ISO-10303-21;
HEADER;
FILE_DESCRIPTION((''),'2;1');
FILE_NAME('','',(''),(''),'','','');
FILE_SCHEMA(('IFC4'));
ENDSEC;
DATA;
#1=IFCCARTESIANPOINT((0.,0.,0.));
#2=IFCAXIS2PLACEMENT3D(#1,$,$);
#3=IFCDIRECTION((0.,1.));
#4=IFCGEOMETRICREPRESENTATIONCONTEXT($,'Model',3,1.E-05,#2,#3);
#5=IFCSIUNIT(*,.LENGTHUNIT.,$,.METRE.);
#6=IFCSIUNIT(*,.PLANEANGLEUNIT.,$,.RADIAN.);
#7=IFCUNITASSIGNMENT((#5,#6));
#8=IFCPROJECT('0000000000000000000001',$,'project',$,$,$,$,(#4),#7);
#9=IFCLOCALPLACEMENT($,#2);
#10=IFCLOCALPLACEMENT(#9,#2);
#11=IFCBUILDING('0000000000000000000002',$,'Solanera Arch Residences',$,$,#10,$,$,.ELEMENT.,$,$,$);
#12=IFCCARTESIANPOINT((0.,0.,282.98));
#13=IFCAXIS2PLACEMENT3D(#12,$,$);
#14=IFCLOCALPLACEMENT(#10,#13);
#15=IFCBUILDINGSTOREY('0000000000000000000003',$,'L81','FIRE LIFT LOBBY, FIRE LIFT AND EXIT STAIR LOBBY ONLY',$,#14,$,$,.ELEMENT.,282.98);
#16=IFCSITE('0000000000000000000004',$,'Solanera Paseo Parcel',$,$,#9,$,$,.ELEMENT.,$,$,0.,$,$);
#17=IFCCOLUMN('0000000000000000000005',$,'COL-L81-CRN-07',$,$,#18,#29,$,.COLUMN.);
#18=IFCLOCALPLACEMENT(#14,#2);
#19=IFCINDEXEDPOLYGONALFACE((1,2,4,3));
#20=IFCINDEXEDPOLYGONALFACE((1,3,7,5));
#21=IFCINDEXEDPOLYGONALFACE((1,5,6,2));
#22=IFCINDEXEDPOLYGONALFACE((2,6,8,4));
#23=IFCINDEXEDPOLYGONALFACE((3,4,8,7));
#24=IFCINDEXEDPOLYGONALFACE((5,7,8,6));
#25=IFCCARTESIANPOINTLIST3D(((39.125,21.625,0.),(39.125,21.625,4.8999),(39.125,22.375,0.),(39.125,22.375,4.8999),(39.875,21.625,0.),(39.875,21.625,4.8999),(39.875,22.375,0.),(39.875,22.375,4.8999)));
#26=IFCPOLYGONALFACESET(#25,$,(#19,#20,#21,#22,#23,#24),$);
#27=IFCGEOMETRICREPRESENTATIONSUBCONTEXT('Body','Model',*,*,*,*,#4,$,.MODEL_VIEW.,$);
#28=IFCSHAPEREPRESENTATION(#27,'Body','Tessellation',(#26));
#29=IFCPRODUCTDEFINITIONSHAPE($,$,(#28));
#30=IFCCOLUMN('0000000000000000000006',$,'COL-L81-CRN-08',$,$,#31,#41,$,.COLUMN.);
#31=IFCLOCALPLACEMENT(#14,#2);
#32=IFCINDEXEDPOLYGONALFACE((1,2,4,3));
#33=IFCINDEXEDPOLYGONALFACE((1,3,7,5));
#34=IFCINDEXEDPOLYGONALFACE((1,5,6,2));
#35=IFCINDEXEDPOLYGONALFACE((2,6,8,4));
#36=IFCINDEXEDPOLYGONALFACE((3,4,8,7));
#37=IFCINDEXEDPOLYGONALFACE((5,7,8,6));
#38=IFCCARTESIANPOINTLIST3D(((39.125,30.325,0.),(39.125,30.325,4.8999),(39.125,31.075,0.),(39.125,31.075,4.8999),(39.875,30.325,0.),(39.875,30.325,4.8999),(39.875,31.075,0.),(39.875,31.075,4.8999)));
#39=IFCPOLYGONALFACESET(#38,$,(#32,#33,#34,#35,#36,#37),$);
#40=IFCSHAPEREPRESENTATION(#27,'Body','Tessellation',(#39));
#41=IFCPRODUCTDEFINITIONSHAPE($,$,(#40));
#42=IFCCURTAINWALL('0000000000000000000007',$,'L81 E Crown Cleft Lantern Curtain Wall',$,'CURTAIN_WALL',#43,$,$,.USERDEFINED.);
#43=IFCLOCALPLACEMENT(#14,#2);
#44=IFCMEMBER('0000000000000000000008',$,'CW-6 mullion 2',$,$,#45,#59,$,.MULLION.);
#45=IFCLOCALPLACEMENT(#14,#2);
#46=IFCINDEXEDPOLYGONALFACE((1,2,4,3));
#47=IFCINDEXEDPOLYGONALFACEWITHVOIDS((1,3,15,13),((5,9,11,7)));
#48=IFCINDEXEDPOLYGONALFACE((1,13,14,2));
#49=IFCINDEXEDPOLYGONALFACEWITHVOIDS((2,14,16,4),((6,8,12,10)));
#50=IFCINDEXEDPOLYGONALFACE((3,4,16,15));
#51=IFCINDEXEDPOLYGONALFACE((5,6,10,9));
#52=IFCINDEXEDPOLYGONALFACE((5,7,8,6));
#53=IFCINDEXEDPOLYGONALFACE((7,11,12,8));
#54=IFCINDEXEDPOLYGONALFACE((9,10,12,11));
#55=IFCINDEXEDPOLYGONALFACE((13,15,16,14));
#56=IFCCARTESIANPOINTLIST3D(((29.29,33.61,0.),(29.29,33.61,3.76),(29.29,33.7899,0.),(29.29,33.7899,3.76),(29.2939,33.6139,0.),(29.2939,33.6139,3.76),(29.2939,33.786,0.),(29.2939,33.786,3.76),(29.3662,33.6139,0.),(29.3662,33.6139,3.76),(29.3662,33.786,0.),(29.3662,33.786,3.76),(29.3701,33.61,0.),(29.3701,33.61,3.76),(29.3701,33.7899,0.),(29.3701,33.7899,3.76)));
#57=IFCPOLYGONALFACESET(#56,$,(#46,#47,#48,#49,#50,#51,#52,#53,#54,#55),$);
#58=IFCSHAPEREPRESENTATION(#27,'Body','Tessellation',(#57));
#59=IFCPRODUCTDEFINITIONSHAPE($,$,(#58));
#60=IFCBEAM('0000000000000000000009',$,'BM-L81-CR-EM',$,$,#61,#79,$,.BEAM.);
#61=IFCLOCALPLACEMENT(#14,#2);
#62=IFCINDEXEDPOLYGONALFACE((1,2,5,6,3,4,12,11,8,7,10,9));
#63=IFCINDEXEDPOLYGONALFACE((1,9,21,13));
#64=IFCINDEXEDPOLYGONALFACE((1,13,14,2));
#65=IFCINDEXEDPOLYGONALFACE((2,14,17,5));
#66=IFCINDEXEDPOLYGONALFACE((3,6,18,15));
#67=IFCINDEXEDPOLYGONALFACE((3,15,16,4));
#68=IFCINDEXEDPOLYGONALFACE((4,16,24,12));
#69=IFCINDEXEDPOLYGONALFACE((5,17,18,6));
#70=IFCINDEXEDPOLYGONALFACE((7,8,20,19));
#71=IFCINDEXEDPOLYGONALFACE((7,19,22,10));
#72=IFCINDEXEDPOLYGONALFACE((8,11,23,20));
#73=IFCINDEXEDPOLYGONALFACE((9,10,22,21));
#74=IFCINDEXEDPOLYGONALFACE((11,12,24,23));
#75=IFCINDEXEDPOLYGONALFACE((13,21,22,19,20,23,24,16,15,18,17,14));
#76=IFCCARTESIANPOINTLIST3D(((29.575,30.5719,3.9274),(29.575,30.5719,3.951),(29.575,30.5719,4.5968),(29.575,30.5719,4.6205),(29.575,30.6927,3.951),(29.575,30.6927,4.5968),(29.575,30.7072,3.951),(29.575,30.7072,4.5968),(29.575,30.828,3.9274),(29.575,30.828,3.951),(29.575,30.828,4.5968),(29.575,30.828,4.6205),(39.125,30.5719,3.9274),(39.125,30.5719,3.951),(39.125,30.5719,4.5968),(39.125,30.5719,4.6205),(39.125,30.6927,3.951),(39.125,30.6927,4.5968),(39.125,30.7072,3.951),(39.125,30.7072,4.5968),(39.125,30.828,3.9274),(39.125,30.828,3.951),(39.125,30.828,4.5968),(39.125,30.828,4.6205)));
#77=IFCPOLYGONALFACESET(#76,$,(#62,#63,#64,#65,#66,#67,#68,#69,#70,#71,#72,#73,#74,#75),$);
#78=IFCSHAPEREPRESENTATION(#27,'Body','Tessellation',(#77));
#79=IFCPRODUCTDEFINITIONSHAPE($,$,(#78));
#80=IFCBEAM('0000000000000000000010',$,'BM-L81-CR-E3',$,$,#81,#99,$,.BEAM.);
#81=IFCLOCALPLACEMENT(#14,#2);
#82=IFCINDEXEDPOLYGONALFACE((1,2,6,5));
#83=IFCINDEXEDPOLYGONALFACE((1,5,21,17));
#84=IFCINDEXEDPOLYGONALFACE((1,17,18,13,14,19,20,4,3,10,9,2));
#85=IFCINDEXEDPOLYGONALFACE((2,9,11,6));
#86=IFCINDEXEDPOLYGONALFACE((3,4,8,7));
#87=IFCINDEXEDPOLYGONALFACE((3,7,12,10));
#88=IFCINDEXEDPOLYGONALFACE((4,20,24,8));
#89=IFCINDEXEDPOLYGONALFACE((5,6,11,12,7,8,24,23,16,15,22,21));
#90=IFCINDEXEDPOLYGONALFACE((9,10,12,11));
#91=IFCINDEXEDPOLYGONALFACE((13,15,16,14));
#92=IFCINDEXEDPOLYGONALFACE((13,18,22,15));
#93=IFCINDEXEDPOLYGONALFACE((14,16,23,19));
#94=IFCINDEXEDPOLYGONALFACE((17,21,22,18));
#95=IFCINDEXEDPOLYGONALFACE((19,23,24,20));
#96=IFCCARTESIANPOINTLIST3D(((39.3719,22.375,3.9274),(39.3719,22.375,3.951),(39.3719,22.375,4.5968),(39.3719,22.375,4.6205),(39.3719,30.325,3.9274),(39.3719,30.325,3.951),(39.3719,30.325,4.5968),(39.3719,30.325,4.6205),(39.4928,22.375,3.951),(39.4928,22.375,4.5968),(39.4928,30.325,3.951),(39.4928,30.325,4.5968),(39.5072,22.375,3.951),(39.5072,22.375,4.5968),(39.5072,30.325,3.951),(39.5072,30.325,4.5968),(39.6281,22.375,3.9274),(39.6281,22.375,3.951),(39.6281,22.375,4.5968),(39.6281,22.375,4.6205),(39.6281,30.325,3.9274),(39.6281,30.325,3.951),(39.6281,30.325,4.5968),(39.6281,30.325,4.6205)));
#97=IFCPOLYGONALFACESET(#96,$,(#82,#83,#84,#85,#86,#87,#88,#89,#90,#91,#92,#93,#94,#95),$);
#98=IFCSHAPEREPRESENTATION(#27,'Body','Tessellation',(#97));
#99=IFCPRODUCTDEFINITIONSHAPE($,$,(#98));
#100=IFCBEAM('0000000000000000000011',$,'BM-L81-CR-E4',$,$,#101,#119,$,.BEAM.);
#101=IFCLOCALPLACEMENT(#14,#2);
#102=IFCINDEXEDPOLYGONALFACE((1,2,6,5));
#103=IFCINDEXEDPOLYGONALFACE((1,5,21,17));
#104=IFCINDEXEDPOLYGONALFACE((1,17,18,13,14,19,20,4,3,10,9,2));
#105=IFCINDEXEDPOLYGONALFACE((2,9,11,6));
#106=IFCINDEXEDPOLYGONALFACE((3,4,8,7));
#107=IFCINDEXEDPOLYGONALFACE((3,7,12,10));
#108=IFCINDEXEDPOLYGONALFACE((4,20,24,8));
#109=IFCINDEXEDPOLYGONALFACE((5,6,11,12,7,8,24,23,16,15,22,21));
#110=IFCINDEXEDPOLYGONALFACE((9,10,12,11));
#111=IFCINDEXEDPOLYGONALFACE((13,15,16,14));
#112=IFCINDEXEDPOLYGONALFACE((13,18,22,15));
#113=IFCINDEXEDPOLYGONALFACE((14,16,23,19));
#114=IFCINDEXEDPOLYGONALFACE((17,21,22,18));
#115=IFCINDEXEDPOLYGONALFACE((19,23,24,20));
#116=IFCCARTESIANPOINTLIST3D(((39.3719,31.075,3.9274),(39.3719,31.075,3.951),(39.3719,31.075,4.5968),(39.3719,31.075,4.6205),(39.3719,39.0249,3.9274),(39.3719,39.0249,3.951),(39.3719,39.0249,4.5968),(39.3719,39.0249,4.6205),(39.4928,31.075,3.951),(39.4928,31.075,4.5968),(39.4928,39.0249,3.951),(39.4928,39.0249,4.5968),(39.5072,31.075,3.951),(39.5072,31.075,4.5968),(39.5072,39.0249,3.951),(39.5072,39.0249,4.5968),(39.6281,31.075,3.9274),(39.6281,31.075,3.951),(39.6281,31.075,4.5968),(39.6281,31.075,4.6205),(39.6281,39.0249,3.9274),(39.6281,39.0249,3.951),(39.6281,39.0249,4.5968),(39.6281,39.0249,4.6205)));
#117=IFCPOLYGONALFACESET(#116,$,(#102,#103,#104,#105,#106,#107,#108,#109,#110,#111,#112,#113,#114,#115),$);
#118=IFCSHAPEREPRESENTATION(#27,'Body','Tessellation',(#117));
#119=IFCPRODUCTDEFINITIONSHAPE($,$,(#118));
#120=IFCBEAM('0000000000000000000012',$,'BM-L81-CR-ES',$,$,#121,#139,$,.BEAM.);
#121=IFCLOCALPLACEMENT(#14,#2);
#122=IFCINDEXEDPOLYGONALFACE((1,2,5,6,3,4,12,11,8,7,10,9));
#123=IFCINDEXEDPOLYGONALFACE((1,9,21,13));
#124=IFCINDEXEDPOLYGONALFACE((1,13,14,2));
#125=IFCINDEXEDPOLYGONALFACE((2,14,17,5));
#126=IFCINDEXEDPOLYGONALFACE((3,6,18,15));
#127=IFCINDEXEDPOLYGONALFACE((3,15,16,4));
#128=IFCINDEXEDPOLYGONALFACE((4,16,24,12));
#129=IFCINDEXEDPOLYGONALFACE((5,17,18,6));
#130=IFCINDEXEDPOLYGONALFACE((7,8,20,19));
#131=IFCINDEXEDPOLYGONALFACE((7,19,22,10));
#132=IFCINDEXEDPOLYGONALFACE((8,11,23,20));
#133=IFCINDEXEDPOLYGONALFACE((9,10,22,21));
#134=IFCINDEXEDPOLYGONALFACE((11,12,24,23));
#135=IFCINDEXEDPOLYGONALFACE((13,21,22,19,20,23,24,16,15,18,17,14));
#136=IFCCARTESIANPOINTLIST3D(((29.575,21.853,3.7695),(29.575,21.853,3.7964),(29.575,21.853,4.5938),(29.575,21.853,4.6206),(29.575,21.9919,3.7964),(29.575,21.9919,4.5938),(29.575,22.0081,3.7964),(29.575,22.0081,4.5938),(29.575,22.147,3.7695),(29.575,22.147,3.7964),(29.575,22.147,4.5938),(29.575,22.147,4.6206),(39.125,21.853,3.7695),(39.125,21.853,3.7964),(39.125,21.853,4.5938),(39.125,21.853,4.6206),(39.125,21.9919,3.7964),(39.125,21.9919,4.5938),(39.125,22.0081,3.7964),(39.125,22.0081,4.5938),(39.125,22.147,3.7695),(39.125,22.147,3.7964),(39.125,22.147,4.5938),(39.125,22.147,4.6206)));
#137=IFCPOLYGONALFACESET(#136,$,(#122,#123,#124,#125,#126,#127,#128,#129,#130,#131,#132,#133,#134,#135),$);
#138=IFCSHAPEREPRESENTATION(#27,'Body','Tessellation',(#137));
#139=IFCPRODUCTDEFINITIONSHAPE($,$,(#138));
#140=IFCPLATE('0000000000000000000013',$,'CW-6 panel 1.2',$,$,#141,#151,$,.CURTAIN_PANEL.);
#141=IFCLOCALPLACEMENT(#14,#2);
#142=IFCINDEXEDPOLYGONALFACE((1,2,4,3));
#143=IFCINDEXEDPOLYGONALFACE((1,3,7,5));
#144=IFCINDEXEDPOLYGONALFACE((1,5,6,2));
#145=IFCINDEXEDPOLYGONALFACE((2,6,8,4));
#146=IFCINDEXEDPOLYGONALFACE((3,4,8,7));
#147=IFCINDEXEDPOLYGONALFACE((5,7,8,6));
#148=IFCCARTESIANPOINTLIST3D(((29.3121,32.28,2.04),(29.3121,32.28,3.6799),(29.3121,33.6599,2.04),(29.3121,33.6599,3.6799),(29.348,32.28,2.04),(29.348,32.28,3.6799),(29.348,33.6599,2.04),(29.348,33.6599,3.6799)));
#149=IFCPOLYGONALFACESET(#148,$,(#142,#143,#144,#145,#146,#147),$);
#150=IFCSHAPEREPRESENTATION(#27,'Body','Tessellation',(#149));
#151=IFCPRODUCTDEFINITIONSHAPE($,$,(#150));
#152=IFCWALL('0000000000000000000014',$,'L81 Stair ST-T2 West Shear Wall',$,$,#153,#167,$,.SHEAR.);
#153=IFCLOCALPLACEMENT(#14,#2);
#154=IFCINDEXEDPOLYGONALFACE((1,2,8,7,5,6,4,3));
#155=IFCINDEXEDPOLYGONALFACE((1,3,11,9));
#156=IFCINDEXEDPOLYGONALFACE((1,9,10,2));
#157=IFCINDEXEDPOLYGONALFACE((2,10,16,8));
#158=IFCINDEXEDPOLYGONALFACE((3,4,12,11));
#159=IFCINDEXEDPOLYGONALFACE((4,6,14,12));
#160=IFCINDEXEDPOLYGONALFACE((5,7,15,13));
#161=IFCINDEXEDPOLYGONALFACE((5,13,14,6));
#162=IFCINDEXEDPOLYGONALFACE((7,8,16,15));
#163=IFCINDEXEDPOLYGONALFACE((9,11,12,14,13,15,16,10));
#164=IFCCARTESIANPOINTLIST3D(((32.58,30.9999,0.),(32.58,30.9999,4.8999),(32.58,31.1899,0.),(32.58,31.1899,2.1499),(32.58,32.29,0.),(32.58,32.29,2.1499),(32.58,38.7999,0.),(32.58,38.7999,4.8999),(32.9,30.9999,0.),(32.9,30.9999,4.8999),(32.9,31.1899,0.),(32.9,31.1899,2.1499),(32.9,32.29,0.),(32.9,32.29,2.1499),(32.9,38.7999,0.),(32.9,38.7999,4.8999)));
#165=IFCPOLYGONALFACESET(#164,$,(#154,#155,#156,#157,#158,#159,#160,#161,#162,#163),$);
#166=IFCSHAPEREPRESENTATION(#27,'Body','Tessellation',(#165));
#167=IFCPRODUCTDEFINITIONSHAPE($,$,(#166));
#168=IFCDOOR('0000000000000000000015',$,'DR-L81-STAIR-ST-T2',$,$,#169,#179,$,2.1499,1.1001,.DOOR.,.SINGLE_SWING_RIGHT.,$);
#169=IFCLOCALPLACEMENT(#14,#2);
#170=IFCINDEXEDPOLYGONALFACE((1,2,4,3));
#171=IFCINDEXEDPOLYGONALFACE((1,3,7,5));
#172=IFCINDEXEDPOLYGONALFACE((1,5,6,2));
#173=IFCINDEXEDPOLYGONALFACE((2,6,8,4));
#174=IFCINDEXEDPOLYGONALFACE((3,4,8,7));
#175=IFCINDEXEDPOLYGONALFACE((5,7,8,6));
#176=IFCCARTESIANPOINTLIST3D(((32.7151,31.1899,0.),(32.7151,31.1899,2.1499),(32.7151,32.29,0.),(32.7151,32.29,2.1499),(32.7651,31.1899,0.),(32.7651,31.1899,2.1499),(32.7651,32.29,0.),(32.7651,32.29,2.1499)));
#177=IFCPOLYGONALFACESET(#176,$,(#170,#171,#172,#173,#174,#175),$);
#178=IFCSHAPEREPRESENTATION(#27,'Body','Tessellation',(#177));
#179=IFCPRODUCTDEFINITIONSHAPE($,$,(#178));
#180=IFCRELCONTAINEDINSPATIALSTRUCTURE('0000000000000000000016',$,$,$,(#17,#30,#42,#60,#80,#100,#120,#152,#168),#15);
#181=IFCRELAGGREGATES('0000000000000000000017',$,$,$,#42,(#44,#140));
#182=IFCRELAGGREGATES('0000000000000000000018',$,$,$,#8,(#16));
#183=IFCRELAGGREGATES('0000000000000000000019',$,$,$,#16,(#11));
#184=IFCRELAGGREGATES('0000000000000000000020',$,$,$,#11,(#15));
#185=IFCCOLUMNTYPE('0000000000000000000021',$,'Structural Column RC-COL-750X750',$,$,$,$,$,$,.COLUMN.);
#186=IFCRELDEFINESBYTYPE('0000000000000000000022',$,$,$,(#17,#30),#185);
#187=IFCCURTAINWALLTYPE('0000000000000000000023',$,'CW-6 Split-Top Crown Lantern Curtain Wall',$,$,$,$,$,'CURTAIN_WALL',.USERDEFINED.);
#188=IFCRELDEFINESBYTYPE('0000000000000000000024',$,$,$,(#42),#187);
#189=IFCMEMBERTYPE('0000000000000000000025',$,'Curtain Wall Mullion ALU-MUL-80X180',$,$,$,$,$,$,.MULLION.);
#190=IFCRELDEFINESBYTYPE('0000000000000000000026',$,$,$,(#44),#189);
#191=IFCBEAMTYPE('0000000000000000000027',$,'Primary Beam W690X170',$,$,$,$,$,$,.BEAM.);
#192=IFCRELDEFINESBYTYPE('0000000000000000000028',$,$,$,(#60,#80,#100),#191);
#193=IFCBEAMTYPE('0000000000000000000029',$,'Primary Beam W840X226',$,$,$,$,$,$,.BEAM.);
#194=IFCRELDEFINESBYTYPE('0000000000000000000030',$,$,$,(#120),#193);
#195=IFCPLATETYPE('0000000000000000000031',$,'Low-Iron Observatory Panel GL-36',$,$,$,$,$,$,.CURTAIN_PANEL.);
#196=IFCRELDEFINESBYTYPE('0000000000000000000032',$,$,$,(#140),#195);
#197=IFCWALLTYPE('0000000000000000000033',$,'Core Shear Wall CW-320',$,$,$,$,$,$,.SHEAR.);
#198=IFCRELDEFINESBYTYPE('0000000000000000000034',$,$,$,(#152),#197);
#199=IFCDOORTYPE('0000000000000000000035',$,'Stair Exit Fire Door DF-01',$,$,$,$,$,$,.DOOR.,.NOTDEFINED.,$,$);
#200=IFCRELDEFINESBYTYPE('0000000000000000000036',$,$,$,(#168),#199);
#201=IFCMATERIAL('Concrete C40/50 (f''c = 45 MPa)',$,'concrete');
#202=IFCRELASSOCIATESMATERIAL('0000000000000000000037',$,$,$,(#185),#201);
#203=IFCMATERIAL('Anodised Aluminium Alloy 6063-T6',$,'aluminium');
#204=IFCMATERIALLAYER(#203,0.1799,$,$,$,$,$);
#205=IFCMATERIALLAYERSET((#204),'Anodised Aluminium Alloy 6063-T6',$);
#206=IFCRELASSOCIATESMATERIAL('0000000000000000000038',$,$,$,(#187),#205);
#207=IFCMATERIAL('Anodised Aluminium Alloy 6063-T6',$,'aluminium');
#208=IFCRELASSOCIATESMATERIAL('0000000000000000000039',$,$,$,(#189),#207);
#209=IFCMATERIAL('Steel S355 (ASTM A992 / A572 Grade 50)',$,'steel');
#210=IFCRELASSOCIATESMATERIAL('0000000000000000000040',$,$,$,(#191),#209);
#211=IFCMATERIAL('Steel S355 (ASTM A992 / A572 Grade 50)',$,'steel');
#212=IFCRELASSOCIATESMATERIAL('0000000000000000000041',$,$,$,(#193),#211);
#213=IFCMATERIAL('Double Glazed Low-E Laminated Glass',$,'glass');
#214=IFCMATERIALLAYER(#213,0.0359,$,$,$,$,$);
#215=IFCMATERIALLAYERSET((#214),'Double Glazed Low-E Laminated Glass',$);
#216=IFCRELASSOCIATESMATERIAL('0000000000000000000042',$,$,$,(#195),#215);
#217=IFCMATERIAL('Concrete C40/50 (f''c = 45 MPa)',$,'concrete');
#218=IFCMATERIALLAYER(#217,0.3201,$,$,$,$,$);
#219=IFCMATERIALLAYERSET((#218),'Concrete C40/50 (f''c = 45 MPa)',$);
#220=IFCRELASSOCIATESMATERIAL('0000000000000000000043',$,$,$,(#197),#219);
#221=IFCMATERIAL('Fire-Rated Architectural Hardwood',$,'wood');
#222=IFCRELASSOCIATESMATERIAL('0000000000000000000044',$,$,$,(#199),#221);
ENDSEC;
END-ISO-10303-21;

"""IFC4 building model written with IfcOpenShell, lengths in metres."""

from ifc_helpers import new_model, si_unit, direction, frame, frame_2d, origin, origin_2d, place, context, subcontext, project, spatial, rectangle, hollow_rectangle, i_section, extrude, material, layer, layer_set, material_profile, profile_set, type_object, element, fill, aggregate, save


model = new_model("IFC4")

# Units and contexts
model_context = context("Model", 3, precision=1e-05, world=origin(), true_north=direction((0.0, 1.0)))
body_context = subcontext(model_context, "Body", "Model", "MODEL_VIEW")
ifc_project = project(units=[si_unit("LENGTHUNIT", "METRE"), si_unit("PLANEANGLEUNIT", "RADIAN")], contexts=[model_context])

# Site, building, storey
site_placement = place(None, origin())
site = spatial("IfcSite", under=ifc_project, at=site_placement, Name="Solanera Paseo Parcel", CompositionType="ELEMENT", RefElevation=0.0)
building_placement = place(site_placement, origin())
building = spatial("IfcBuilding", under=site, at=building_placement, Name="Solanera Arch Residences", CompositionType="ELEMENT")
storey_placement = place(building_placement, frame((0.0, 0.0, 282.98)))
storey = spatial("IfcBuildingStorey", under=building, at=storey_placement, Name="L81", Description="FIRE LIFT LOBBY, FIRE LIFT AND EXIT STAIR LOBBY ONLY", CompositionType="ELEMENT", Elevation=282.98)

# Columns
ifc_material_1 = material(Name="Concrete C40/50 (f'c = 45 MPa)", Category="concrete")
ifc_material_profile_1 = material_profile(ifc_material_1, rectangle(XDim=0.75, YDim=0.75, at=origin_2d()))
ifc_profile_set_1 = profile_set([ifc_material_profile_1], Name="Concrete C40/50 (f'c = 45 MPa)")
column_type = type_object("IfcColumnType", Name="Structural Column RC-COL-750X750", PredefinedType="COLUMN", material=ifc_profile_set_1)
for number, where, z_axis, x_axis, name in (
    (1, (39.5, 22.0, 0.0), (0.0, 0.0, 1.0), (1.0, 0.0, 0.0), "COL-L81-CRN-07"),
    (2, (39.5, 30.7, 0.0), (0.0, 0.0, 1.0), (1.0, 0.0, 0.0), "COL-L81-CRN-08"),
):
    element("IfcColumn", number, at=place(storey_placement, frame(where, z_axis=z_axis, x_axis=x_axis)), inside=storey, type_object=column_type, Name=name, PredefinedType="COLUMN", context=body_context, shape_type="SweptSolid", body=[
        extrude(rectangle(XDim=0.75, YDim=0.75, at=origin_2d()), origin(), (0.0, 0.0, 1.0), 4.8999),
    ])

# Curtain wall, member
ifc_material_2 = material(Name="Anodised Aluminium Alloy 6063-T6", Category="aluminium")
ifc_layer_1 = layer(ifc_material_2, 0.1799)
ifc_layer_set_1 = layer_set([ifc_layer_1], Name="Anodised Aluminium Alloy 6063-T6")
curtain_wall_type = type_object("IfcCurtainWallType", Name="CW-6 Split-Top Crown Lantern Curtain Wall", ElementType="CURTAIN_WALL", PredefinedType="USERDEFINED", material=ifc_layer_set_1)
curtain_wall_placement = place(storey_placement, origin())
curtain_wall = element("IfcCurtainWall", 3, at=curtain_wall_placement, inside=storey, type_object=curtain_wall_type, Name="L81 E Crown Cleft Lantern Curtain Wall", ObjectType="CURTAIN_WALL", PredefinedType="USERDEFINED")
ifc_material_3 = material(Name="Anodised Aluminium Alloy 6063-T6", Category="aluminium")
ifc_material_profile_2 = material_profile(ifc_material_3, hollow_rectangle(XDim=0.0801, YDim=0.1799, WallThickness=0.0039, at=origin_2d()))
ifc_profile_set_2 = profile_set([ifc_material_profile_2], Name="Anodised Aluminium Alloy 6063-T6")
member_type = type_object("IfcMemberType", Name="Curtain Wall Mullion ALU-MUL-80X180", PredefinedType="MULLION", material=ifc_profile_set_2)
member_placement = place(storey_placement, frame((29.3301, 33.7, 0.0), z_axis=(0.0, 0.0, 1.0), x_axis=(-1.0, 0.0, 0.0)))
member = element("IfcMember", 4, at=member_placement, type_object=member_type, Name="CW-6 mullion 2", PredefinedType="MULLION", context=body_context, shape_type="SweptSolid", body=[
    extrude(hollow_rectangle(XDim=0.0801, YDim=0.1799, WallThickness=0.0039, at=origin_2d()), origin(), (0.0, 0.0, 1.0), 3.76),
])

# Beams
ifc_material_4 = material(Name="Steel S355 (ASTM A992 / A572 Grade 50)", Category="steel")
ifc_material_profile_3 = material_profile(ifc_material_4, i_section(OverallWidth=0.2561, OverallDepth=0.6931, WebThickness=0.0144, FlangeThickness=0.0237, at=origin_2d()))
ifc_profile_set_3 = profile_set([ifc_material_profile_3], Name="Steel S355 (ASTM A992 / A572 Grade 50)")
beam_type_1 = type_object("IfcBeamType", Name="Primary Beam W690X170", PredefinedType="BEAM", material=ifc_profile_set_3)
beam_1_placement = place(storey_placement, frame((29.575, 30.7, 4.2739), z_axis=(1.0, 0.0, 0.0), x_axis=(0.0, 1.0, 0.0)))
element("IfcBeam", 5, at=beam_1_placement, inside=storey, type_object=beam_type_1, Name="BM-L81-CR-EM", PredefinedType="BEAM", context=body_context, shape_type="SweptSolid", body=[
    extrude(i_section(OverallWidth=0.2561, OverallDepth=0.6931, WebThickness=0.0144, FlangeThickness=0.0237, at=origin_2d()), origin(), (0.0, 0.0, 1.0), 9.55),
])
for number, where, z_axis, x_axis, name in (
    (6, (39.5, 22.375, 4.2739), (0.0, 1.0, 0.0), (-1.0, 0.0, 0.0), "BM-L81-CR-E3"),
    (7, (39.5, 31.075, 4.2739), (0.0, 1.0, 0.0), (-1.0, 0.0, 0.0), "BM-L81-CR-E4"),
):
    element("IfcBeam", number, at=place(storey_placement, frame(where, z_axis=z_axis, x_axis=x_axis)), inside=storey, type_object=beam_type_1, Name=name, PredefinedType="BEAM", context=body_context, shape_type="SweptSolid", body=[
        extrude(i_section(OverallWidth=0.2561, OverallDepth=0.6931, WebThickness=0.0144, FlangeThickness=0.0237, at=origin_2d()), origin(), (0.0, 0.0, 1.0), 7.95),
    ])
ifc_material_5 = material(Name="Steel S355 (ASTM A992 / A572 Grade 50)", Category="steel")
ifc_material_profile_4 = material_profile(ifc_material_5, i_section(OverallWidth=0.2939, OverallDepth=0.8511, WebThickness=0.0161, FlangeThickness=0.0269, at=origin_2d()))
ifc_profile_set_4 = profile_set([ifc_material_profile_4], Name="Steel S355 (ASTM A992 / A572 Grade 50)")
beam_type_2 = type_object("IfcBeamType", Name="Primary Beam W840X226", PredefinedType="BEAM", material=ifc_profile_set_4)
beam_2_placement = place(storey_placement, frame((29.575, 22.0, 4.1951), z_axis=(1.0, 0.0, 0.0), x_axis=(0.0, 1.0, 0.0)))
element("IfcBeam", 8, at=beam_2_placement, inside=storey, type_object=beam_type_2, Name="BM-L81-CR-ES", PredefinedType="BEAM", context=body_context, shape_type="SweptSolid", body=[
    extrude(i_section(OverallWidth=0.2939, OverallDepth=0.8511, WebThickness=0.0161, FlangeThickness=0.0269, at=origin_2d()), origin(), (0.0, 0.0, 1.0), 9.55),
])

# Plate
ifc_material_6 = material(Name="Double Glazed Low-E Laminated Glass", Category="glass")
ifc_layer_2 = layer(ifc_material_6, 0.0359)
ifc_layer_set_2 = layer_set([ifc_layer_2], Name="Double Glazed Low-E Laminated Glass")
plate_type = type_object("IfcPlateType", Name="Low-Iron Observatory Panel GL-36", PredefinedType="CURTAIN_PANEL", material=ifc_layer_set_2)
plate_placement = place(storey_placement, frame((29.3301, 32.97, 2.04), z_axis=(0.0, 0.0, 1.0), x_axis=(0.0, 1.0, 0.0)))
plate = element("IfcPlate", 9, at=plate_placement, type_object=plate_type, Name="CW-6 panel 1.2", PredefinedType="CURTAIN_PANEL", context=body_context, shape_type="SweptSolid", body=[
    extrude(rectangle(XDim=1.3799, YDim=0.0359, at=origin_2d()), origin(), (0.0, 0.0, 1.0), 1.6399),
])
aggregate(curtain_wall, [member, plate])

# Wall, opening, door
ifc_material_7 = material(Name="Concrete C40/50 (f'c = 45 MPa)", Category="concrete")
ifc_layer_3 = layer(ifc_material_7, 0.3201)
ifc_layer_set_3 = layer_set([ifc_layer_3], Name="Concrete C40/50 (f'c = 45 MPa)")
wall_type_1 = type_object("IfcWallType", Name="Core Shear Wall CW-320", PredefinedType="SHEAR", material=ifc_layer_set_3)
wall_1_placement = place(storey_placement, frame((32.74, 31.0, 0.0), z_axis=(0.0, 0.0, 1.0), x_axis=(0.0, 1.0, 0.0)))
wall_1 = element("IfcWall", 10, at=wall_1_placement, inside=storey, type_object=wall_type_1, Name="L81 Stair ST-T2 West Shear Wall", PredefinedType="SHEAR", context=body_context, shape_type="SweptSolid", body=[
    extrude(rectangle(XDim=7.8, YDim=0.3201, at=frame_2d((3.8999, 0.0))), origin(), (0.0, 0.0, 1.0), 4.8999),
])
opening_placement = place(wall_1_placement, frame((0.1899, 0.0, 0.0)))
opening = element("IfcOpeningElement", 11, at=opening_placement, cuts=wall_1, PredefinedType="OPENING", context=body_context, shape_type="SweptSolid", body=[
    extrude(rectangle(XDim=1.1001, YDim=2.1499, at=frame_2d((0.55, 1.075))), frame((0.0, 0.1699, 0.0), z_axis=(0.0, -1.0, 0.0), x_axis=(1.0, 0.0, 0.0)), (0.0, 0.0, 1.0), 0.3401),
])
ifc_material_8 = material(Name="Fire-Rated Architectural Hardwood", Category="wood")
door_type = type_object("IfcDoorType", Name="Stair Exit Fire Door DF-01", OperationType="NOTDEFINED", PredefinedType="DOOR", material=ifc_material_8)
door_placement = place(opening_placement, origin())
door = element("IfcDoor", 12, at=door_placement, inside=storey, type_object=door_type, Name="DR-L81-STAIR-ST-T2", OperationType="SINGLE_SWING_RIGHT", OverallHeight=2.1499, OverallWidth=1.1001, PredefinedType="DOOR", context=body_context, shape_type="SweptSolid", body=[
    extrude(rectangle(XDim=1.1001, YDim=2.1499, at=frame_2d((0.55, 1.075))), frame((0.0, 0.0249, 0.0), z_axis=(0.0, -1.0, 0.0), x_axis=(1.0, 0.0, 0.0)), (0.0, 0.0, 1.0), 0.05),
])
fill(opening, door)

save(model, "model.ifc")
